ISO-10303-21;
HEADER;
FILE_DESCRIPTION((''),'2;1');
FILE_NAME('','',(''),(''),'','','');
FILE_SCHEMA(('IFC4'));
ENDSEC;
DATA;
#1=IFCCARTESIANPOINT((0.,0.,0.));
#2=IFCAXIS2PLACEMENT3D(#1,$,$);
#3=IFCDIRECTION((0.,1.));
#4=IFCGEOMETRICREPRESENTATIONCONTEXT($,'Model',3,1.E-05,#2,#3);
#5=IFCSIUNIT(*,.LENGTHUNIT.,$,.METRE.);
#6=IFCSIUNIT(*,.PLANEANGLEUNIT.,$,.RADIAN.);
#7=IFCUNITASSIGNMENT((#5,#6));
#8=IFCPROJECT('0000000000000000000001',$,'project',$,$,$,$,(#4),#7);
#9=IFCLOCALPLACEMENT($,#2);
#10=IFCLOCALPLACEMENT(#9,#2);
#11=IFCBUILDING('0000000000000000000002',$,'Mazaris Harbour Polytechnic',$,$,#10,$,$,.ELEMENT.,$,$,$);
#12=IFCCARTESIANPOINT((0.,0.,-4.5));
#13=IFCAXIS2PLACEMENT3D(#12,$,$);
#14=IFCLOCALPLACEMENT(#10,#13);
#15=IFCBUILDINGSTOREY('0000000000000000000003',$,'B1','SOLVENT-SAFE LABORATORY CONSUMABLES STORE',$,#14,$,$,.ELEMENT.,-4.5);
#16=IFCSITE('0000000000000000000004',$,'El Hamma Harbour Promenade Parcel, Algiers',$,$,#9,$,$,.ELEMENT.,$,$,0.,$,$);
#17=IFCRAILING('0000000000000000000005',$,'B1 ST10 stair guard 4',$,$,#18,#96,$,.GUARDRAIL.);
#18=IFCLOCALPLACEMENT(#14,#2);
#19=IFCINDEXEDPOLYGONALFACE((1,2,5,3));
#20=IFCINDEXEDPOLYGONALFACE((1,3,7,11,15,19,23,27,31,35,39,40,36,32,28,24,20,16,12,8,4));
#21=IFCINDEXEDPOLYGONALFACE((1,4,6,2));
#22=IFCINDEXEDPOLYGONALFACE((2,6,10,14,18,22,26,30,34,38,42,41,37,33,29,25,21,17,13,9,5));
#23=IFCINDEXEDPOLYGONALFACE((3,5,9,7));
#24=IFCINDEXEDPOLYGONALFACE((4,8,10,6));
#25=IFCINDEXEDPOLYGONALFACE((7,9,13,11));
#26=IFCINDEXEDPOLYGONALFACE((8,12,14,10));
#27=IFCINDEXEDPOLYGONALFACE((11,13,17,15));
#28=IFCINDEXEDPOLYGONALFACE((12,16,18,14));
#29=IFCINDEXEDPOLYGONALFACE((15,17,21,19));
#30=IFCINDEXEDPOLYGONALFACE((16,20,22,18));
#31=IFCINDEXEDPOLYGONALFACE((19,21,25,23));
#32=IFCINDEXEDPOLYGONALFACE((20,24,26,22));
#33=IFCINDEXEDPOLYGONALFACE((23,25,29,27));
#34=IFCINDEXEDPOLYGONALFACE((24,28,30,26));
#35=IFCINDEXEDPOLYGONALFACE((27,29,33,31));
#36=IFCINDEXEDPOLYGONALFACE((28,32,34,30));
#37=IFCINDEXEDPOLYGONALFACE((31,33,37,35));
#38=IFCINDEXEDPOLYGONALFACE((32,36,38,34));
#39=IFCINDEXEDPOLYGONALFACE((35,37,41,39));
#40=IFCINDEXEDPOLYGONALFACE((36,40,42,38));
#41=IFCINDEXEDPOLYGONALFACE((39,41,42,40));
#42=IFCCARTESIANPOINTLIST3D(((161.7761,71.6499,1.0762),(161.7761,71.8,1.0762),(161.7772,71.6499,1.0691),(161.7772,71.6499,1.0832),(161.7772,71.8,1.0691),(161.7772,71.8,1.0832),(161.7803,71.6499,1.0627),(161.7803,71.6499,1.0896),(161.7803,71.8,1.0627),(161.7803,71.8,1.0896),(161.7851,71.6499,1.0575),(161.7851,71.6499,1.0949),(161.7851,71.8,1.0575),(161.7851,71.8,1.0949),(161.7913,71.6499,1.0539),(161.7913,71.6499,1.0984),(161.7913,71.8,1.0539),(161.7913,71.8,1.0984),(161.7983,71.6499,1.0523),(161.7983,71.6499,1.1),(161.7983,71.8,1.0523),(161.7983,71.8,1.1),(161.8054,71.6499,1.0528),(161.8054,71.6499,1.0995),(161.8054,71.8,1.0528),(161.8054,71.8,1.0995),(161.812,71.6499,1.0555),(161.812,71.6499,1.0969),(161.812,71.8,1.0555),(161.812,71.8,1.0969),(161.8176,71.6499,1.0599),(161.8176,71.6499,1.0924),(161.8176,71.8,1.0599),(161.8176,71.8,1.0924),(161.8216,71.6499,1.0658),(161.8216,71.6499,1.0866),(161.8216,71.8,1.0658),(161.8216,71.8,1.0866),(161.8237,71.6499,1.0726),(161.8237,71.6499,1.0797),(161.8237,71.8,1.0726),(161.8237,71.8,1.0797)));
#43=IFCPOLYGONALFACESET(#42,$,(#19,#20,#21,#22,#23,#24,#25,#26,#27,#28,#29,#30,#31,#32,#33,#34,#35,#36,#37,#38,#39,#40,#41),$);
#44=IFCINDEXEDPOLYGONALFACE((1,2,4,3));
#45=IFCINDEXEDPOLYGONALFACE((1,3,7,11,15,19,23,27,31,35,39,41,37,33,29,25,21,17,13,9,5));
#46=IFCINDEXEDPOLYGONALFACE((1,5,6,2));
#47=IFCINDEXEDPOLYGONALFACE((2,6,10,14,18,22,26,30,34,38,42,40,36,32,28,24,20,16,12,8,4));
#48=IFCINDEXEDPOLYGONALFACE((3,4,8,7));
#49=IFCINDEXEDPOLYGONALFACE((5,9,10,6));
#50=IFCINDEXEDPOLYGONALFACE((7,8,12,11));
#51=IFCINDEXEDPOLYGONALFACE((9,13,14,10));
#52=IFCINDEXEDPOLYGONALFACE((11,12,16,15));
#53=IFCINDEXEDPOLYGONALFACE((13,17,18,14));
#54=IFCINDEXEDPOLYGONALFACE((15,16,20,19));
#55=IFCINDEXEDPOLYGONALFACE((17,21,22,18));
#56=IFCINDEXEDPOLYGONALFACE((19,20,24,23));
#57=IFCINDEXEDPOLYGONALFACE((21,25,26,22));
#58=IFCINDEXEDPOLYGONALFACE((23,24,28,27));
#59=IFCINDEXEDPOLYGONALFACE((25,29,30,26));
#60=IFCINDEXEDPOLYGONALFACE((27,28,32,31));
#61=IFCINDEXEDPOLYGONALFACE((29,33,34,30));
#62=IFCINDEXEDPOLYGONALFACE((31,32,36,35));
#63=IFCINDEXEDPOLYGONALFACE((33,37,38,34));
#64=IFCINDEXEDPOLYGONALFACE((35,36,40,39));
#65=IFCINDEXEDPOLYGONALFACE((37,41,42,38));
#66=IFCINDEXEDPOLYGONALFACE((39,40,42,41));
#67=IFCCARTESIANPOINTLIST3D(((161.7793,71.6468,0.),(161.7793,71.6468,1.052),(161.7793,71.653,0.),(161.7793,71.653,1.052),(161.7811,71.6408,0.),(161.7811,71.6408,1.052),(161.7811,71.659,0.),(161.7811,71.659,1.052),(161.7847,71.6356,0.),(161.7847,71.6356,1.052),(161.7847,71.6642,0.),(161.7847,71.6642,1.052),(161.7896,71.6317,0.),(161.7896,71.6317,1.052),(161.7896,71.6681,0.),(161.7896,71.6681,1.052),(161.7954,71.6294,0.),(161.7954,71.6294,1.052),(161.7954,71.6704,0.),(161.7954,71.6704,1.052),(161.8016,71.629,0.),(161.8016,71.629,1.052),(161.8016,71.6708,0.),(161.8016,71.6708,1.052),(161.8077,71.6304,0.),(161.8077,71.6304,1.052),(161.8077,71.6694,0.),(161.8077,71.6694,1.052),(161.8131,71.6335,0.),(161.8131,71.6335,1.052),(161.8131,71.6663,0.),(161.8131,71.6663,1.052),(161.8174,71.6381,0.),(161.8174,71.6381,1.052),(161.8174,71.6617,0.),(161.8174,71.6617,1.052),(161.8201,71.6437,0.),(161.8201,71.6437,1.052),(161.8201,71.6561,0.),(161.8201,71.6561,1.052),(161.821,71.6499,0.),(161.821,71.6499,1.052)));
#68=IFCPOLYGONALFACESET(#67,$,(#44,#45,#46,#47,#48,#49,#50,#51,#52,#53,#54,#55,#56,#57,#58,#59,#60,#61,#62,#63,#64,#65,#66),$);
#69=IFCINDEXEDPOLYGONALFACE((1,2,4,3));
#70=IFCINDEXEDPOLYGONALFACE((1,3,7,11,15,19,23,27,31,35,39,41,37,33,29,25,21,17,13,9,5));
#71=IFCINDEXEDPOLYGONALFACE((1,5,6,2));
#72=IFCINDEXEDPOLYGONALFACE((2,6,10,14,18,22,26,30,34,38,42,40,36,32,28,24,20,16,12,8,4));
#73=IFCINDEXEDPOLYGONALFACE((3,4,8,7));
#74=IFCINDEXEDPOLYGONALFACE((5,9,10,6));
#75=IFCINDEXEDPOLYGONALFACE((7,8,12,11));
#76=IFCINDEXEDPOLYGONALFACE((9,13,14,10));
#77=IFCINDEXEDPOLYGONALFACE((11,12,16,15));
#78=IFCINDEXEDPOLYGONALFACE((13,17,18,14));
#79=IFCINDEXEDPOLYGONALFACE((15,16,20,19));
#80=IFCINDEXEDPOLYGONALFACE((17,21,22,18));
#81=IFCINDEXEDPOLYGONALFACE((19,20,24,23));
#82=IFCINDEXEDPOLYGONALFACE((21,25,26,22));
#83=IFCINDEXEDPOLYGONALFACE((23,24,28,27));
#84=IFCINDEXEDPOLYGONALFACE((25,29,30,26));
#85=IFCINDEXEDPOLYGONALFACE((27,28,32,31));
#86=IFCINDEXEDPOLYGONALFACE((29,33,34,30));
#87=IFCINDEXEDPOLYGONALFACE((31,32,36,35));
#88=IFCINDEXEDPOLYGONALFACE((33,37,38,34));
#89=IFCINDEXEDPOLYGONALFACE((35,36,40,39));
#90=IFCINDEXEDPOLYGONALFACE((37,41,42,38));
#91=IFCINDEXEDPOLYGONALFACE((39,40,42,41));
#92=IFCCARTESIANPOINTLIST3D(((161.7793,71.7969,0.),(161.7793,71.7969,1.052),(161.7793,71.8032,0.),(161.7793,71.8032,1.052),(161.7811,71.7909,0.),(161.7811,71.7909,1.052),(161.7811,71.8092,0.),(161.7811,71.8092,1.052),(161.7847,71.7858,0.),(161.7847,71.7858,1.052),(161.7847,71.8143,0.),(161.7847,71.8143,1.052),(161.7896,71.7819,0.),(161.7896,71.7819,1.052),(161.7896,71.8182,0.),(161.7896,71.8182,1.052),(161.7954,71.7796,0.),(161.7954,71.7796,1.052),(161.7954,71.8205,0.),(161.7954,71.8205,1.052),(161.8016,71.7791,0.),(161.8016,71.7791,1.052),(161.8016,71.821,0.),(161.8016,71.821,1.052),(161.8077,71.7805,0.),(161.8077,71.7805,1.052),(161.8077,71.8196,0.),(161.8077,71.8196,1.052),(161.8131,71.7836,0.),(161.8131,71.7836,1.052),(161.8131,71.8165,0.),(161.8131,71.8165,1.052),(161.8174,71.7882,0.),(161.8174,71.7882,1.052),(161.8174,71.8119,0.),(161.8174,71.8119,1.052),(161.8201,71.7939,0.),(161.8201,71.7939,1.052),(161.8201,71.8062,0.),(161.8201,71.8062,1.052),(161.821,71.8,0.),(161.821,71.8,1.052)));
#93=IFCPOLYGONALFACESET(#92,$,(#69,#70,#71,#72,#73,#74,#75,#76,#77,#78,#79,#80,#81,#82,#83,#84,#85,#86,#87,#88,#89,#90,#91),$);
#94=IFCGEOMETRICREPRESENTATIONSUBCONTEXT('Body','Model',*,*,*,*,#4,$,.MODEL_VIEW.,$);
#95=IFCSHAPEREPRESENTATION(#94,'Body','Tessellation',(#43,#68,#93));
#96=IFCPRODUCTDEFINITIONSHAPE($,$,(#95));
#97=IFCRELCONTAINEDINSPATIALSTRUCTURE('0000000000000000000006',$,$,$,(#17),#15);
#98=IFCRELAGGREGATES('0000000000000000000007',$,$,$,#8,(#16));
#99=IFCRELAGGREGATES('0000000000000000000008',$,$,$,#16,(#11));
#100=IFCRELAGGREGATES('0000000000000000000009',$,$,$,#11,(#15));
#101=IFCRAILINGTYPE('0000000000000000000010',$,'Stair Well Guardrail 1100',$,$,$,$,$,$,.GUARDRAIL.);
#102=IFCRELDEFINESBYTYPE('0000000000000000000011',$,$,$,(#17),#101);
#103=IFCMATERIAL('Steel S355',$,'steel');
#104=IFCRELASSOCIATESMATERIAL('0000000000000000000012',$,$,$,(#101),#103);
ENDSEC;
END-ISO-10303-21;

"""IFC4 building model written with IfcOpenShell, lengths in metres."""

from ifc_helpers import new_model, si_unit, direction, frame, origin, origin_2d, place, context, subcontext, project, spatial, circle, extrude, material, type_object, element, save


model = new_model("IFC4")

# Units and contexts
model_context = context("Model", 3, precision=1e-05, world=origin(), true_north=direction((0.0, 1.0)))
body_context = subcontext(model_context, "Body", "Model", "MODEL_VIEW")
ifc_project = project(units=[si_unit("LENGTHUNIT", "METRE"), si_unit("PLANEANGLEUNIT", "RADIAN")], contexts=[model_context])

# Site, building, storey
site_placement = place(None, origin())
site = spatial("IfcSite", under=ifc_project, at=site_placement, Name="El Hamma Harbour Promenade Parcel, Algiers", CompositionType="ELEMENT", RefElevation=0.0)
building_placement = place(site_placement, origin())
building = spatial("IfcBuilding", under=site, at=building_placement, Name="Mazaris Harbour Polytechnic", CompositionType="ELEMENT")
storey_placement = place(building_placement, frame((0.0, 0.0, -4.5)))
storey = spatial("IfcBuildingStorey", under=building, at=storey_placement, Name="B1", Description="SOLVENT-SAFE LABORATORY CONSUMABLES STORE", CompositionType="ELEMENT", Elevation=-4.5)

# Railing
ifc_material_1 = material(Name="Steel S355", Category="steel")
railing_type_1 = type_object("IfcRailingType", Name="Stair Well Guardrail 1100", PredefinedType="GUARDRAIL", material=ifc_material_1)
railing_1_placement = place(storey_placement, frame((161.8, 71.6499, 0.0)))
element("IfcRailing", 1, at=railing_1_placement, inside=storey, type_object=railing_type_1, Name="B1 ST10 stair guard 4", PredefinedType="GUARDRAIL", context=body_context, shape_type="SweptSolid", body=[
    extrude(circle(Radius=0.0239, at=origin_2d()), frame((0.0, 0.0, 1.0762), z_axis=(0.0, 1.0, 0.0), x_axis=(-1.0, 0.0, 0.0)), (0.0, 0.0, 1.0), 0.1501),
    extrude(circle(Radius=0.021, at=origin_2d()), origin(), (0.0, 0.0, 1.0), 1.052),
    extrude(circle(Radius=0.021, at=origin_2d()), frame((0.0, 0.1501, 0.0)), (0.0, 0.0, 1.0), 1.052),
])

save(model, "model.ifc")
